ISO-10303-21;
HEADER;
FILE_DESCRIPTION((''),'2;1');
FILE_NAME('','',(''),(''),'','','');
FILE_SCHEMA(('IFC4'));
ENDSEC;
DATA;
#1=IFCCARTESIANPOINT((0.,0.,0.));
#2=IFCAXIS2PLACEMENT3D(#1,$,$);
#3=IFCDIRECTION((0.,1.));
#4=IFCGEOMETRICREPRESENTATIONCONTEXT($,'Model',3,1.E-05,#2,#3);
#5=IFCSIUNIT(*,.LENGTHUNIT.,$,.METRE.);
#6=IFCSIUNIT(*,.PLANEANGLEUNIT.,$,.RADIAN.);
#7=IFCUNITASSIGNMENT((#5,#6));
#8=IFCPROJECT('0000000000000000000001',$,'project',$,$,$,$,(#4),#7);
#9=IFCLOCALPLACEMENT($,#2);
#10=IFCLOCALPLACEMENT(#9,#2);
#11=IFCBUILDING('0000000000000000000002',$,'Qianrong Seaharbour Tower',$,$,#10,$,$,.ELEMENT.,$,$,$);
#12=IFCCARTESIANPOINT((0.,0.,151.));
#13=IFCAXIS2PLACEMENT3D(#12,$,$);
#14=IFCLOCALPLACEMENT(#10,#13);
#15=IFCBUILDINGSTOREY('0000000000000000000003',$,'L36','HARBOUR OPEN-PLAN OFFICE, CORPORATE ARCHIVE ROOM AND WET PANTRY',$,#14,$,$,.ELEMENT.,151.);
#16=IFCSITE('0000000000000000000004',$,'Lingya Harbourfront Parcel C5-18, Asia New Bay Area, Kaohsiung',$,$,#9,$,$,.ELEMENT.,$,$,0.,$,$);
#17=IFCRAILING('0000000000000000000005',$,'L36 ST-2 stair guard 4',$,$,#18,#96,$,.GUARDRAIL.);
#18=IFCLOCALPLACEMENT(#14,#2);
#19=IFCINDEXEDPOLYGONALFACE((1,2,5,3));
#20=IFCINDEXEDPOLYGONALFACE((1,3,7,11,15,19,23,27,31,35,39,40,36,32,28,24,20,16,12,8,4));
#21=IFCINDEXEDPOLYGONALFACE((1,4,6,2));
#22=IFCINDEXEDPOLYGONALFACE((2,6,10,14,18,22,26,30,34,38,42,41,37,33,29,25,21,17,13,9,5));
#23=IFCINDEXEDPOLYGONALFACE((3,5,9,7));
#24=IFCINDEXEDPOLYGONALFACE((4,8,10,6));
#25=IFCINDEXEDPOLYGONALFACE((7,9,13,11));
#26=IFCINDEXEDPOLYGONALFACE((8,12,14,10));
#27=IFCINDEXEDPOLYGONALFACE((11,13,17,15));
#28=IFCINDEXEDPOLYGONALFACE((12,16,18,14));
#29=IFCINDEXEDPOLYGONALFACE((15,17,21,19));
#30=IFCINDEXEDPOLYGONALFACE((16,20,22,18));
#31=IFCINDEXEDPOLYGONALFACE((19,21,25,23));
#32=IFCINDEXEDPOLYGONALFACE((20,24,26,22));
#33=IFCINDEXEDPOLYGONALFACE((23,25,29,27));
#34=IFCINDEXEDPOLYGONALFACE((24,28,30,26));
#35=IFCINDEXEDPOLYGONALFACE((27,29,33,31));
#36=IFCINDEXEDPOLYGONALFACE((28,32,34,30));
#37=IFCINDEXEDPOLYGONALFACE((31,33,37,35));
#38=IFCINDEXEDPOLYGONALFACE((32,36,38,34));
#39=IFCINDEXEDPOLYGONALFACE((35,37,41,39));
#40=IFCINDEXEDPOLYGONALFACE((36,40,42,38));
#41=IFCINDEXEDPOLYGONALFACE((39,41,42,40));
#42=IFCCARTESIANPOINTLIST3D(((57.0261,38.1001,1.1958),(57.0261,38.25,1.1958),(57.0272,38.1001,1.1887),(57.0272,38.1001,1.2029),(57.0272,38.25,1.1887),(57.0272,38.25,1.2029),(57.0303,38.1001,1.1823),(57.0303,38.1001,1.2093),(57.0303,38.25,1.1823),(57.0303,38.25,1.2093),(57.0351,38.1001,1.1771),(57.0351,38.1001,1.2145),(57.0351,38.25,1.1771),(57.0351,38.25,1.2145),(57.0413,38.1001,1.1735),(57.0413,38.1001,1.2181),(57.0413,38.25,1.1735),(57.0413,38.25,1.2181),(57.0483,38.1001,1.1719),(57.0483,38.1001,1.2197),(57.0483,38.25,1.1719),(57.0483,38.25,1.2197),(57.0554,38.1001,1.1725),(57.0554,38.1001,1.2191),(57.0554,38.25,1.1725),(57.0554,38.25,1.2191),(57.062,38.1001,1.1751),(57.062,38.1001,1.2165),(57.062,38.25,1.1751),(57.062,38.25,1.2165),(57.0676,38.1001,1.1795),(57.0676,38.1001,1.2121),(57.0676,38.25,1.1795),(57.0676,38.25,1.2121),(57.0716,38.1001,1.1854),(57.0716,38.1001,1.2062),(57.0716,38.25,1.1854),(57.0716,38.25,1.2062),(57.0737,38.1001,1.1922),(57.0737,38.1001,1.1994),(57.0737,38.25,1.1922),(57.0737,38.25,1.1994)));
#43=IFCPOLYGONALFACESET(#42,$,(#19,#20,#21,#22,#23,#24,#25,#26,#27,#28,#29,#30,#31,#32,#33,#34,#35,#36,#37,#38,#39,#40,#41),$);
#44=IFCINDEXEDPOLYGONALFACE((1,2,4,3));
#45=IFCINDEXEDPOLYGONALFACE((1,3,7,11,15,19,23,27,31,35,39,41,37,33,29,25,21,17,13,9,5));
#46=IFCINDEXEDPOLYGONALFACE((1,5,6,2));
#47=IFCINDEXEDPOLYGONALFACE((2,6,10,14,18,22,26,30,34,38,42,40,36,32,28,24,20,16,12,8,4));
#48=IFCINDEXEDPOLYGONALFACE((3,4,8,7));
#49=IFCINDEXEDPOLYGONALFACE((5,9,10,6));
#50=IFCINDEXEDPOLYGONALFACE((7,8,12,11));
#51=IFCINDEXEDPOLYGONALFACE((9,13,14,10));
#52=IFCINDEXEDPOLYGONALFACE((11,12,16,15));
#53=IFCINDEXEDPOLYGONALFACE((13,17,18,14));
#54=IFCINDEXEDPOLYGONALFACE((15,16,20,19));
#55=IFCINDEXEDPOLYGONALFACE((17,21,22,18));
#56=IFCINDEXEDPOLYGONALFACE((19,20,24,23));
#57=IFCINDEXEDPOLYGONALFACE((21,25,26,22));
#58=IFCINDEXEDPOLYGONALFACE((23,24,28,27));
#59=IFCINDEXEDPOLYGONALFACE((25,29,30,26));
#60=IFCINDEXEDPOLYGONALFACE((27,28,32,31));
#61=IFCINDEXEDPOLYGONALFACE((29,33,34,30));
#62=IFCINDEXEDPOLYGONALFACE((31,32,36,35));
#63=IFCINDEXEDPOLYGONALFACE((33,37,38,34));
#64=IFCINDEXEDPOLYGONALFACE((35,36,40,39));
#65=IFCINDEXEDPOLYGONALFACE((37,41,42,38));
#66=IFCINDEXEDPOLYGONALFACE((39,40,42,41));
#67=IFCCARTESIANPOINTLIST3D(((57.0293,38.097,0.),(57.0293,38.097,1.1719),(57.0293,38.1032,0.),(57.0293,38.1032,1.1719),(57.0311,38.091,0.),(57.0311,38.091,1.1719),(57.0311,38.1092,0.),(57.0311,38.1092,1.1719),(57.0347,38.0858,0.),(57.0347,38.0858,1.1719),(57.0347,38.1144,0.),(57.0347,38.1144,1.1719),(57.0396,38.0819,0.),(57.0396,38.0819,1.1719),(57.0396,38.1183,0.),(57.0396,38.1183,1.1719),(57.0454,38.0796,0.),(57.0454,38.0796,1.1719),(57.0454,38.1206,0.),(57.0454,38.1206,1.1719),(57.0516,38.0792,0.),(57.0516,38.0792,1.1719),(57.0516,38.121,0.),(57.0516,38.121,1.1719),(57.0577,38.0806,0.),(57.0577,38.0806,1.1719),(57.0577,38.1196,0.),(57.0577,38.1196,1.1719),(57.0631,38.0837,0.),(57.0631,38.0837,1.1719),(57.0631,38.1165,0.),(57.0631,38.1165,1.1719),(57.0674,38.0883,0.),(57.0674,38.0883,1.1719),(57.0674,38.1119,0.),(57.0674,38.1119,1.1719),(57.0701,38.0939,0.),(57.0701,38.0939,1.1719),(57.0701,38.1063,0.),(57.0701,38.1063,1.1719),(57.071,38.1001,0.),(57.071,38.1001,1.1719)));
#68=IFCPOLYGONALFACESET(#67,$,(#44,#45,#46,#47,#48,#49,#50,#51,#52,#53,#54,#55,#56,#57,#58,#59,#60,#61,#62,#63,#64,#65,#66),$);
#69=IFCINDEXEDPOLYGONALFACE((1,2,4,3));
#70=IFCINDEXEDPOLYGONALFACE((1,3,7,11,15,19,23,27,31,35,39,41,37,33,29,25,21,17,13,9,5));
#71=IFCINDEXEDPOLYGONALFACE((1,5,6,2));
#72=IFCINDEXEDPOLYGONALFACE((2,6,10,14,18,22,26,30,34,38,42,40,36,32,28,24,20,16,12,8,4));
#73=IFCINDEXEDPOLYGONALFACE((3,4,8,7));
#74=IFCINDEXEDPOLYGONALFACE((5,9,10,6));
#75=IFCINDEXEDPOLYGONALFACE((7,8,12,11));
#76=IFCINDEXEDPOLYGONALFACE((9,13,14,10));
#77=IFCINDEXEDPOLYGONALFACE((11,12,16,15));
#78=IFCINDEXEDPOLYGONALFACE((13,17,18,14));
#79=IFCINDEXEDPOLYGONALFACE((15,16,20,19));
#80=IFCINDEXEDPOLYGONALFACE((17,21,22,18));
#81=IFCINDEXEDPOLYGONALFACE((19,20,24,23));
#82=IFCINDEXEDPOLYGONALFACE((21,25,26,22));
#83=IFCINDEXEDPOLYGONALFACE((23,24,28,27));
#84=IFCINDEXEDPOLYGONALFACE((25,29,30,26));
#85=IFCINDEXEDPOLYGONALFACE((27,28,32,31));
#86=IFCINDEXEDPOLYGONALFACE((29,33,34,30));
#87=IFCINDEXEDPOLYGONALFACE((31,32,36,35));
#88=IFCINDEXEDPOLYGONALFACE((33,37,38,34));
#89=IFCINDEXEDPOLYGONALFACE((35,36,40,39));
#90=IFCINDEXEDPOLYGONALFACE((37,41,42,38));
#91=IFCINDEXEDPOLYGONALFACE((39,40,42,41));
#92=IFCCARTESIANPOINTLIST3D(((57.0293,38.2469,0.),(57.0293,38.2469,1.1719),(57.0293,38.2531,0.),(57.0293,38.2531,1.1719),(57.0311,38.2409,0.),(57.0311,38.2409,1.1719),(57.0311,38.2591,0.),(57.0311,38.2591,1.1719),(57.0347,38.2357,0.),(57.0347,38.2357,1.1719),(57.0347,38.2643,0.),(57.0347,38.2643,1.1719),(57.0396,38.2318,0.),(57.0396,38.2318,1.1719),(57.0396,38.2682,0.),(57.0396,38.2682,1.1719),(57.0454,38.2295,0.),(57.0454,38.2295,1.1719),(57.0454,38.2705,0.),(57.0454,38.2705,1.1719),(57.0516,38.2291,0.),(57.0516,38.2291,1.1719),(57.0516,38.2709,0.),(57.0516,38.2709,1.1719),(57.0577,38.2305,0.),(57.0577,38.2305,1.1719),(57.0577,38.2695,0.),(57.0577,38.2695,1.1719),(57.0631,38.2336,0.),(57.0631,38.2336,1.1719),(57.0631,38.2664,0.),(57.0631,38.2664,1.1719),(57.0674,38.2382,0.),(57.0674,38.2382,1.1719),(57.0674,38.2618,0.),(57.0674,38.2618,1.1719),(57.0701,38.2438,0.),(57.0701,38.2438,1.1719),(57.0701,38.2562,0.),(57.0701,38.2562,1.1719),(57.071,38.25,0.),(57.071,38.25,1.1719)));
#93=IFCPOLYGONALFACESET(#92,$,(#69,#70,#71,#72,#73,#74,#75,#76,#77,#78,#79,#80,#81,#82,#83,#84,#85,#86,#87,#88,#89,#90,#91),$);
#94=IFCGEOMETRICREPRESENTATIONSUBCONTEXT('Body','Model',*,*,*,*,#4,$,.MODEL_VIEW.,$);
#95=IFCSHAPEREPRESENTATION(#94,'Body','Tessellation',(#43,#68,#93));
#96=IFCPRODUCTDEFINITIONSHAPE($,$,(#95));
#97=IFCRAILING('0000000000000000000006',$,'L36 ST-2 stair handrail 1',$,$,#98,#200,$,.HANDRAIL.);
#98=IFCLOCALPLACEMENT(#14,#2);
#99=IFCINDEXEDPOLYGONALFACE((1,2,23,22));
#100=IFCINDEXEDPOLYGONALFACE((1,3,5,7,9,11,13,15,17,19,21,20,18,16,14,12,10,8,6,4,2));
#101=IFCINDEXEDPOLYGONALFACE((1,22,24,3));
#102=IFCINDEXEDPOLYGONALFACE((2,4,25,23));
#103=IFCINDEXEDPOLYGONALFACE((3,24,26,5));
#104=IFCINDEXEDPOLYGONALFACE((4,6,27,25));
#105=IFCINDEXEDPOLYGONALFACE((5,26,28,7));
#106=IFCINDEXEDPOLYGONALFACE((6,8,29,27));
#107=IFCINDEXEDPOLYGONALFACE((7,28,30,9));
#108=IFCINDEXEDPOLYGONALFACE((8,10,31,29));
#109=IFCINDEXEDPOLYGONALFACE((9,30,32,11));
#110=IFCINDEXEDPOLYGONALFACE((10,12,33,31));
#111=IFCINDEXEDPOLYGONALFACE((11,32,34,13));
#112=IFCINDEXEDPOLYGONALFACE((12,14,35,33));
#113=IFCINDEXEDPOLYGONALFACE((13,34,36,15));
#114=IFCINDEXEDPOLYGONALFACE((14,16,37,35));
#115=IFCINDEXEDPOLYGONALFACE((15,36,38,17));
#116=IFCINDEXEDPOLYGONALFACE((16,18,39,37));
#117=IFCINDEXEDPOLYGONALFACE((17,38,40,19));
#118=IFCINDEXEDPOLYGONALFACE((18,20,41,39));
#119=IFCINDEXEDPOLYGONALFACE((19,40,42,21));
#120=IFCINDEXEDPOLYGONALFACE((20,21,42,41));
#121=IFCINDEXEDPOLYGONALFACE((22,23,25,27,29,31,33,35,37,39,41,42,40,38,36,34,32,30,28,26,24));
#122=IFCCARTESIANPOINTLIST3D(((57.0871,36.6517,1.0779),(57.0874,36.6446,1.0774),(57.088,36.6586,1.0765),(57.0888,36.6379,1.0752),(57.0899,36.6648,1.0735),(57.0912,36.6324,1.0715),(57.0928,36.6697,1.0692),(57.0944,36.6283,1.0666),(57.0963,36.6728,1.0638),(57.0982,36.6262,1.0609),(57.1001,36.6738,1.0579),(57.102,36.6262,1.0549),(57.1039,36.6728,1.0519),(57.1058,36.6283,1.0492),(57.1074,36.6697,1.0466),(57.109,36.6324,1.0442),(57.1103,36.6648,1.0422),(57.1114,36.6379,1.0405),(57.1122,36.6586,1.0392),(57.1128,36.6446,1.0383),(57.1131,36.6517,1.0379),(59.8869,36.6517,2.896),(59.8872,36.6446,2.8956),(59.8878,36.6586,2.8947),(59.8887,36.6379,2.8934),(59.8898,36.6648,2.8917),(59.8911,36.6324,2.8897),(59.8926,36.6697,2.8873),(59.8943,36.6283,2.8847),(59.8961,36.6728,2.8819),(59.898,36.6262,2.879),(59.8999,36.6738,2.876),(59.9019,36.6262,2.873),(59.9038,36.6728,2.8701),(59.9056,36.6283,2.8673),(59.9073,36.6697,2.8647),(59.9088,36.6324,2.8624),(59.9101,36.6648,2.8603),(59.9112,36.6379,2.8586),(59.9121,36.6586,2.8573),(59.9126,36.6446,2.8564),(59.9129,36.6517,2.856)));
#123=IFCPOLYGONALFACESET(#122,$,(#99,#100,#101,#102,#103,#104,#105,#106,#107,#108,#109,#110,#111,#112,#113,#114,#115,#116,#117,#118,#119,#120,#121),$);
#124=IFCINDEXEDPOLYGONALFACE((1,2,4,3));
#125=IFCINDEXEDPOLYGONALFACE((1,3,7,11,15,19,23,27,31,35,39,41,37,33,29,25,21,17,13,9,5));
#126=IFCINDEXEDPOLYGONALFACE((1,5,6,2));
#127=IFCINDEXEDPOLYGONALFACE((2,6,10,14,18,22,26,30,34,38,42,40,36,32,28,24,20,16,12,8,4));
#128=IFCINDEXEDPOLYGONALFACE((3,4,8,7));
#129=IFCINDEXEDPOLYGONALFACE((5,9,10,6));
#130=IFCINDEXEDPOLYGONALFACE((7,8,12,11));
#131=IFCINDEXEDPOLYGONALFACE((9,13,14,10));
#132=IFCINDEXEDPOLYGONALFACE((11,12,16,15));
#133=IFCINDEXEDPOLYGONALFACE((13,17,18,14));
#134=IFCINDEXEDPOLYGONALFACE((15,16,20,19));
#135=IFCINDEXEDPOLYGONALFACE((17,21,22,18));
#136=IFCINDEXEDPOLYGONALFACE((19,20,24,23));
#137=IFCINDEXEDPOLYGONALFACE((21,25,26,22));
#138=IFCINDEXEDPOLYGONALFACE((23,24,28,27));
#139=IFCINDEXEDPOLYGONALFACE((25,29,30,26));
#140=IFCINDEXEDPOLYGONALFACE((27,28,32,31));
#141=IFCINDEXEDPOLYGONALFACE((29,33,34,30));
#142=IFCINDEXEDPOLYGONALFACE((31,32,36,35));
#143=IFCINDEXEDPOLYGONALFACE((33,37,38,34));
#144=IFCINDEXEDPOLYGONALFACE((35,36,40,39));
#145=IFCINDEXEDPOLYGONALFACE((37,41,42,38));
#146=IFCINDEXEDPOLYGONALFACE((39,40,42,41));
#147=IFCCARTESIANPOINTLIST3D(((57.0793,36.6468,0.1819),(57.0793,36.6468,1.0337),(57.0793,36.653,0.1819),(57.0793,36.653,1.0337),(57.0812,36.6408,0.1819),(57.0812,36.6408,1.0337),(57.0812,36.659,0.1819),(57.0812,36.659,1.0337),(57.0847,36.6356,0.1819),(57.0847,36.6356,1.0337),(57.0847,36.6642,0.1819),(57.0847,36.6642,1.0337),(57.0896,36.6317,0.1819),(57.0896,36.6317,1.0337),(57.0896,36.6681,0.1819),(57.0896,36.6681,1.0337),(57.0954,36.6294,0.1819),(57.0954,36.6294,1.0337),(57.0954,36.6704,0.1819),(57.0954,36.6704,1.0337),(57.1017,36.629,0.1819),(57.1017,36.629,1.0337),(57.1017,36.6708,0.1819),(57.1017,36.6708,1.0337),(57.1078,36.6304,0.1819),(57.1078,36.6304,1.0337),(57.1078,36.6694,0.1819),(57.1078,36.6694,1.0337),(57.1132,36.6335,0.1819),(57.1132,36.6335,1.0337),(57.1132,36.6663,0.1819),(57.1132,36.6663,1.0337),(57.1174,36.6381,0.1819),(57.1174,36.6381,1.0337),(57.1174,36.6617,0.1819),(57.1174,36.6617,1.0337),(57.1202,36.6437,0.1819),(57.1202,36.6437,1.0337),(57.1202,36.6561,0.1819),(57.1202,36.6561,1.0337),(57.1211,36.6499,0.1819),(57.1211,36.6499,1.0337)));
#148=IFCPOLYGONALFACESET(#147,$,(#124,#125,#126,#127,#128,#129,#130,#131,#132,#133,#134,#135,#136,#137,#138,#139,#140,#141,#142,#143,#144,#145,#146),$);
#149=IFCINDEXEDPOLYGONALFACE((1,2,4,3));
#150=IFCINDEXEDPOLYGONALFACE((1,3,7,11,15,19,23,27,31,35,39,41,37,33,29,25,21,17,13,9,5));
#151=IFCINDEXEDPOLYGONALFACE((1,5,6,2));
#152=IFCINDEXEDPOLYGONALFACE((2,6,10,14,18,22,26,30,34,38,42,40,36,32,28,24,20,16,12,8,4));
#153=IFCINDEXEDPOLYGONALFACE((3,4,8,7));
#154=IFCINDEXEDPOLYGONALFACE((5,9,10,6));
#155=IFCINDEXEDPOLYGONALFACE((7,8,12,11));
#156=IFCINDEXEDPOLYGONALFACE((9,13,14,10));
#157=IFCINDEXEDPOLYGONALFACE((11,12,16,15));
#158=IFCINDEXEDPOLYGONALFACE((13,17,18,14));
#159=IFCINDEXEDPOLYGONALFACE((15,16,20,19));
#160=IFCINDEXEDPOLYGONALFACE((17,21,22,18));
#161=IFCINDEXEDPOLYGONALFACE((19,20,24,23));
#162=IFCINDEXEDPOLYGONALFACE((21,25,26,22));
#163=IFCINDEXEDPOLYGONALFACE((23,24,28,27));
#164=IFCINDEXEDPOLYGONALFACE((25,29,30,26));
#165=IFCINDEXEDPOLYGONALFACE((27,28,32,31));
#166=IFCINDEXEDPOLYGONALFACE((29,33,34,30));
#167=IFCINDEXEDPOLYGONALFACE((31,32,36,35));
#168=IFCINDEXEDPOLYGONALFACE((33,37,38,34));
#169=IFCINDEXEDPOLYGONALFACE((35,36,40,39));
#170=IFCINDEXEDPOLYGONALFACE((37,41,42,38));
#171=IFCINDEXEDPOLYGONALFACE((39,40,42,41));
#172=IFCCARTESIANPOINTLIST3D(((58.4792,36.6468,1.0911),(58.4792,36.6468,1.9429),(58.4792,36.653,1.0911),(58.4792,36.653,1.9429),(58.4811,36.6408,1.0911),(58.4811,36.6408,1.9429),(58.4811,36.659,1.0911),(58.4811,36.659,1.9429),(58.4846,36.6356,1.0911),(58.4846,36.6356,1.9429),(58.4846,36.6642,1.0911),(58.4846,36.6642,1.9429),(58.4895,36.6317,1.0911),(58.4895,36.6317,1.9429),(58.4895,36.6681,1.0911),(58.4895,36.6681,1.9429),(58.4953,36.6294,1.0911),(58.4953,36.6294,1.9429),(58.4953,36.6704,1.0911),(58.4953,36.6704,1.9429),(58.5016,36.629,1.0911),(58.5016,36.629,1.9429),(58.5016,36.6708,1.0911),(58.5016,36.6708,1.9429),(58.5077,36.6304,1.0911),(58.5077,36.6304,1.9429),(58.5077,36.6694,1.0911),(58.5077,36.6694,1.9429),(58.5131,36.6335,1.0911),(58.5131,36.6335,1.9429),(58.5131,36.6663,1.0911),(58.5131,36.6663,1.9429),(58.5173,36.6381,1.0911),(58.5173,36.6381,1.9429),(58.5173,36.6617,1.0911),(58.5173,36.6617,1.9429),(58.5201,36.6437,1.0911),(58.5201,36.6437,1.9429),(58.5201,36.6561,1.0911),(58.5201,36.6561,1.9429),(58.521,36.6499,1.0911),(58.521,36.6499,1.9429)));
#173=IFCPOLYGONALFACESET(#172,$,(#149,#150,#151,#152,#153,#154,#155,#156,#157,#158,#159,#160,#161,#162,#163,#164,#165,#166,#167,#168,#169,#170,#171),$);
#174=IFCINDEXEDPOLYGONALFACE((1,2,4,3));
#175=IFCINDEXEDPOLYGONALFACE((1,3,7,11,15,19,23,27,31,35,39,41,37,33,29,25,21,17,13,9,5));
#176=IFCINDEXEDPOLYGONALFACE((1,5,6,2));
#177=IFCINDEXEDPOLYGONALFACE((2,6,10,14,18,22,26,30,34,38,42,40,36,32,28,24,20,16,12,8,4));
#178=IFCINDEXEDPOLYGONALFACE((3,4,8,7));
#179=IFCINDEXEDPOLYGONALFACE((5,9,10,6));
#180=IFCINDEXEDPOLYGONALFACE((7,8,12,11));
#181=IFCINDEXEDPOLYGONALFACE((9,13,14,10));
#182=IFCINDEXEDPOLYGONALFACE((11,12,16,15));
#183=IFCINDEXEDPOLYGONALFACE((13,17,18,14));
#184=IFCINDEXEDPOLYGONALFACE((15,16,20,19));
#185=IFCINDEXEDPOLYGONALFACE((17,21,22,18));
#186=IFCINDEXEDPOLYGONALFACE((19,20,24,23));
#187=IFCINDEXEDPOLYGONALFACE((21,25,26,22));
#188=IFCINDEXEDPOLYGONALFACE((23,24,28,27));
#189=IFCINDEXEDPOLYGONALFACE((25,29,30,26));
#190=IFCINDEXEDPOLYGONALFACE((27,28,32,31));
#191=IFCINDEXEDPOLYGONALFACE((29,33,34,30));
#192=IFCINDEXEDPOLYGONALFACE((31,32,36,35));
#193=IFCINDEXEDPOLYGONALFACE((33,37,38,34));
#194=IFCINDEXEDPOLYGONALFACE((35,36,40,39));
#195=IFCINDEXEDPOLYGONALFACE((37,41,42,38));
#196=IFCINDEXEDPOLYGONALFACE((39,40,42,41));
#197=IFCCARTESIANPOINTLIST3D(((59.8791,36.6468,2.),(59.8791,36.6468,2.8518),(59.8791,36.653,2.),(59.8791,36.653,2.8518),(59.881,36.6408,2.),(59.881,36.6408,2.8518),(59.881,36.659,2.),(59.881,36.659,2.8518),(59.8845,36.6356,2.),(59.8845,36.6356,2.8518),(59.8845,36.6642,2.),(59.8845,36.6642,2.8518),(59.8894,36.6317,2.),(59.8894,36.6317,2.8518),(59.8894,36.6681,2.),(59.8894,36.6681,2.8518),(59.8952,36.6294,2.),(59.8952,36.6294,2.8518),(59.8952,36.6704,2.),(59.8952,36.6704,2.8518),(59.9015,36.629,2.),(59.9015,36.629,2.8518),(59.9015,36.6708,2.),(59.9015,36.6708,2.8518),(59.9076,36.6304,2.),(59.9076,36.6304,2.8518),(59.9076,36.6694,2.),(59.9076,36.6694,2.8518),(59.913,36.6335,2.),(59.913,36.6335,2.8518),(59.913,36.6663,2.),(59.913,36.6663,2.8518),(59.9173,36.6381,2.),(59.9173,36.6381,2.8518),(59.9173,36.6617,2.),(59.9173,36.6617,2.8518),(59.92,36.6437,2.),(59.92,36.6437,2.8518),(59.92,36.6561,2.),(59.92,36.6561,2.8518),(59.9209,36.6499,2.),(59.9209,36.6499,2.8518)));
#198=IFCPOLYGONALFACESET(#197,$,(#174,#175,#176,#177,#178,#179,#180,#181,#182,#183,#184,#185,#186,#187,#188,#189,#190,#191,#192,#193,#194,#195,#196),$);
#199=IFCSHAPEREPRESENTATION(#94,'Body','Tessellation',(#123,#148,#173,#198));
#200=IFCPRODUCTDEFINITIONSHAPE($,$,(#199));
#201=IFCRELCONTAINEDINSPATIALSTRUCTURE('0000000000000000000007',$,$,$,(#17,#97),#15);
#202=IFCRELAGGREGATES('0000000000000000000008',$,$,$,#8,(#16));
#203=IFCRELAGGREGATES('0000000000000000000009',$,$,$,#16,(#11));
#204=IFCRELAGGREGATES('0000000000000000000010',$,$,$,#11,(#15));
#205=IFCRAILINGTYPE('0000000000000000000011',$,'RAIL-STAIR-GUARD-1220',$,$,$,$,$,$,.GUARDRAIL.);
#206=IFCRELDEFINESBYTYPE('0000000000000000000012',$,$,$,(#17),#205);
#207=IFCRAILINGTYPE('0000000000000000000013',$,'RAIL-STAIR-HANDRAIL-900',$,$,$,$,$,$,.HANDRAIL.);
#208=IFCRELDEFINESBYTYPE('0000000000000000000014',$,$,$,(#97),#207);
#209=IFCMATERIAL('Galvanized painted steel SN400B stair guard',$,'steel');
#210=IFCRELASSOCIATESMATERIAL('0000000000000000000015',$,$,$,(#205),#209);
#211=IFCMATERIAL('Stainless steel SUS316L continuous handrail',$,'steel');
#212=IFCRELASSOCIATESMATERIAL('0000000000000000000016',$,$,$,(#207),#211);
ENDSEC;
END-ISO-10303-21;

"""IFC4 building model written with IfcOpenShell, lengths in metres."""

from ifc_helpers import new_model, si_unit, direction, frame, origin, origin_2d, place, context, subcontext, project, spatial, circle, extrude, material, type_object, element, save


model = new_model("IFC4")

# Units and contexts
model_context = context("Model", 3, precision=1e-05, world=origin(), true_north=direction((0.0, 1.0)))
body_context = subcontext(model_context, "Body", "Model", "MODEL_VIEW")
ifc_project = project(units=[si_unit("LENGTHUNIT", "METRE"), si_unit("PLANEANGLEUNIT", "RADIAN")], contexts=[model_context])

# Site, building, storey
site_placement = place(None, origin())
site = spatial("IfcSite", under=ifc_project, at=site_placement, Name="Lingya Harbourfront Parcel C5-18, Asia New Bay Area, Kaohsiung", CompositionType="ELEMENT", RefElevation=0.0)
building_placement = place(site_placement, origin())
building = spatial("IfcBuilding", under=site, at=building_placement, Name="Qianrong Seaharbour Tower", CompositionType="ELEMENT")
storey_placement = place(building_placement, frame((0.0, 0.0, 151.0)))
storey = spatial("IfcBuildingStorey", under=building, at=storey_placement, Name="L36", Description="HARBOUR OPEN-PLAN OFFICE, CORPORATE ARCHIVE ROOM AND WET PANTRY", CompositionType="ELEMENT", Elevation=151.0)

# Railings
ifc_material_1 = material(Name="Galvanized painted steel SN400B stair guard", Category="steel")
railing_type_1 = type_object("IfcRailingType", Name="RAIL-STAIR-GUARD-1220", PredefinedType="GUARDRAIL", material=ifc_material_1)
railing_1_placement = place(storey_placement, frame((57.05, 38.1001, 0.0)))
element("IfcRailing", 1, at=railing_1_placement, inside=storey, type_object=railing_type_1, Name="L36 ST-2 stair guard 4", PredefinedType="GUARDRAIL", context=body_context, shape_type="SweptSolid", body=[
    extrude(circle(Radius=0.0239, at=origin_2d()), frame((0.0, 0.0, 1.1958), z_axis=(0.0, 1.0, 0.0), x_axis=(-1.0, 0.0, 0.0)), (0.0, 0.0, 1.0), 0.1499),
    extrude(circle(Radius=0.021, at=origin_2d()), origin(), (0.0, 0.0, 1.0), 1.1719),
    extrude(circle(Radius=0.021, at=origin_2d()), frame((0.0, 0.1499, 0.0)), (0.0, 0.0, 1.0), 1.1719),
])
ifc_material_2 = material(Name="Stainless steel SUS316L continuous handrail", Category="steel")
railing_type_2 = type_object("IfcRailingType", Name="RAIL-STAIR-HANDRAIL-900", PredefinedType="HANDRAIL", material=ifc_material_2)
railing_2_placement = place(storey_placement, frame((57.1001, 36.6499, 0.1819)))
element("IfcRailing", 2, at=railing_2_placement, inside=storey, type_object=railing_type_2, Name="L36 ST-2 stair handrail 1", PredefinedType="HANDRAIL", context=body_context, shape_type="SweptSolid", body=[
    extrude(circle(Radius=0.0239, at=origin_2d()), frame((0.0, 0.0, 0.876), z_axis=(0.838684, 0.0, 0.544618), x_axis=(0.0, 1.0, 0.0)), (0.0, 0.0, 1.0), 3.3384),
    extrude(circle(Radius=0.021, at=origin_2d()), origin(), (0.0, 0.0, 1.0), 0.8518),
    extrude(circle(Radius=0.021, at=origin_2d()), frame((1.3999, 0.0, 0.9092)), (0.0, 0.0, 1.0), 0.8518),
    extrude(circle(Radius=0.021, at=origin_2d()), frame((2.7998, 0.0, 1.8181)), (0.0, 0.0, 1.0), 0.8518),
])

save(model, "model.ifc")
